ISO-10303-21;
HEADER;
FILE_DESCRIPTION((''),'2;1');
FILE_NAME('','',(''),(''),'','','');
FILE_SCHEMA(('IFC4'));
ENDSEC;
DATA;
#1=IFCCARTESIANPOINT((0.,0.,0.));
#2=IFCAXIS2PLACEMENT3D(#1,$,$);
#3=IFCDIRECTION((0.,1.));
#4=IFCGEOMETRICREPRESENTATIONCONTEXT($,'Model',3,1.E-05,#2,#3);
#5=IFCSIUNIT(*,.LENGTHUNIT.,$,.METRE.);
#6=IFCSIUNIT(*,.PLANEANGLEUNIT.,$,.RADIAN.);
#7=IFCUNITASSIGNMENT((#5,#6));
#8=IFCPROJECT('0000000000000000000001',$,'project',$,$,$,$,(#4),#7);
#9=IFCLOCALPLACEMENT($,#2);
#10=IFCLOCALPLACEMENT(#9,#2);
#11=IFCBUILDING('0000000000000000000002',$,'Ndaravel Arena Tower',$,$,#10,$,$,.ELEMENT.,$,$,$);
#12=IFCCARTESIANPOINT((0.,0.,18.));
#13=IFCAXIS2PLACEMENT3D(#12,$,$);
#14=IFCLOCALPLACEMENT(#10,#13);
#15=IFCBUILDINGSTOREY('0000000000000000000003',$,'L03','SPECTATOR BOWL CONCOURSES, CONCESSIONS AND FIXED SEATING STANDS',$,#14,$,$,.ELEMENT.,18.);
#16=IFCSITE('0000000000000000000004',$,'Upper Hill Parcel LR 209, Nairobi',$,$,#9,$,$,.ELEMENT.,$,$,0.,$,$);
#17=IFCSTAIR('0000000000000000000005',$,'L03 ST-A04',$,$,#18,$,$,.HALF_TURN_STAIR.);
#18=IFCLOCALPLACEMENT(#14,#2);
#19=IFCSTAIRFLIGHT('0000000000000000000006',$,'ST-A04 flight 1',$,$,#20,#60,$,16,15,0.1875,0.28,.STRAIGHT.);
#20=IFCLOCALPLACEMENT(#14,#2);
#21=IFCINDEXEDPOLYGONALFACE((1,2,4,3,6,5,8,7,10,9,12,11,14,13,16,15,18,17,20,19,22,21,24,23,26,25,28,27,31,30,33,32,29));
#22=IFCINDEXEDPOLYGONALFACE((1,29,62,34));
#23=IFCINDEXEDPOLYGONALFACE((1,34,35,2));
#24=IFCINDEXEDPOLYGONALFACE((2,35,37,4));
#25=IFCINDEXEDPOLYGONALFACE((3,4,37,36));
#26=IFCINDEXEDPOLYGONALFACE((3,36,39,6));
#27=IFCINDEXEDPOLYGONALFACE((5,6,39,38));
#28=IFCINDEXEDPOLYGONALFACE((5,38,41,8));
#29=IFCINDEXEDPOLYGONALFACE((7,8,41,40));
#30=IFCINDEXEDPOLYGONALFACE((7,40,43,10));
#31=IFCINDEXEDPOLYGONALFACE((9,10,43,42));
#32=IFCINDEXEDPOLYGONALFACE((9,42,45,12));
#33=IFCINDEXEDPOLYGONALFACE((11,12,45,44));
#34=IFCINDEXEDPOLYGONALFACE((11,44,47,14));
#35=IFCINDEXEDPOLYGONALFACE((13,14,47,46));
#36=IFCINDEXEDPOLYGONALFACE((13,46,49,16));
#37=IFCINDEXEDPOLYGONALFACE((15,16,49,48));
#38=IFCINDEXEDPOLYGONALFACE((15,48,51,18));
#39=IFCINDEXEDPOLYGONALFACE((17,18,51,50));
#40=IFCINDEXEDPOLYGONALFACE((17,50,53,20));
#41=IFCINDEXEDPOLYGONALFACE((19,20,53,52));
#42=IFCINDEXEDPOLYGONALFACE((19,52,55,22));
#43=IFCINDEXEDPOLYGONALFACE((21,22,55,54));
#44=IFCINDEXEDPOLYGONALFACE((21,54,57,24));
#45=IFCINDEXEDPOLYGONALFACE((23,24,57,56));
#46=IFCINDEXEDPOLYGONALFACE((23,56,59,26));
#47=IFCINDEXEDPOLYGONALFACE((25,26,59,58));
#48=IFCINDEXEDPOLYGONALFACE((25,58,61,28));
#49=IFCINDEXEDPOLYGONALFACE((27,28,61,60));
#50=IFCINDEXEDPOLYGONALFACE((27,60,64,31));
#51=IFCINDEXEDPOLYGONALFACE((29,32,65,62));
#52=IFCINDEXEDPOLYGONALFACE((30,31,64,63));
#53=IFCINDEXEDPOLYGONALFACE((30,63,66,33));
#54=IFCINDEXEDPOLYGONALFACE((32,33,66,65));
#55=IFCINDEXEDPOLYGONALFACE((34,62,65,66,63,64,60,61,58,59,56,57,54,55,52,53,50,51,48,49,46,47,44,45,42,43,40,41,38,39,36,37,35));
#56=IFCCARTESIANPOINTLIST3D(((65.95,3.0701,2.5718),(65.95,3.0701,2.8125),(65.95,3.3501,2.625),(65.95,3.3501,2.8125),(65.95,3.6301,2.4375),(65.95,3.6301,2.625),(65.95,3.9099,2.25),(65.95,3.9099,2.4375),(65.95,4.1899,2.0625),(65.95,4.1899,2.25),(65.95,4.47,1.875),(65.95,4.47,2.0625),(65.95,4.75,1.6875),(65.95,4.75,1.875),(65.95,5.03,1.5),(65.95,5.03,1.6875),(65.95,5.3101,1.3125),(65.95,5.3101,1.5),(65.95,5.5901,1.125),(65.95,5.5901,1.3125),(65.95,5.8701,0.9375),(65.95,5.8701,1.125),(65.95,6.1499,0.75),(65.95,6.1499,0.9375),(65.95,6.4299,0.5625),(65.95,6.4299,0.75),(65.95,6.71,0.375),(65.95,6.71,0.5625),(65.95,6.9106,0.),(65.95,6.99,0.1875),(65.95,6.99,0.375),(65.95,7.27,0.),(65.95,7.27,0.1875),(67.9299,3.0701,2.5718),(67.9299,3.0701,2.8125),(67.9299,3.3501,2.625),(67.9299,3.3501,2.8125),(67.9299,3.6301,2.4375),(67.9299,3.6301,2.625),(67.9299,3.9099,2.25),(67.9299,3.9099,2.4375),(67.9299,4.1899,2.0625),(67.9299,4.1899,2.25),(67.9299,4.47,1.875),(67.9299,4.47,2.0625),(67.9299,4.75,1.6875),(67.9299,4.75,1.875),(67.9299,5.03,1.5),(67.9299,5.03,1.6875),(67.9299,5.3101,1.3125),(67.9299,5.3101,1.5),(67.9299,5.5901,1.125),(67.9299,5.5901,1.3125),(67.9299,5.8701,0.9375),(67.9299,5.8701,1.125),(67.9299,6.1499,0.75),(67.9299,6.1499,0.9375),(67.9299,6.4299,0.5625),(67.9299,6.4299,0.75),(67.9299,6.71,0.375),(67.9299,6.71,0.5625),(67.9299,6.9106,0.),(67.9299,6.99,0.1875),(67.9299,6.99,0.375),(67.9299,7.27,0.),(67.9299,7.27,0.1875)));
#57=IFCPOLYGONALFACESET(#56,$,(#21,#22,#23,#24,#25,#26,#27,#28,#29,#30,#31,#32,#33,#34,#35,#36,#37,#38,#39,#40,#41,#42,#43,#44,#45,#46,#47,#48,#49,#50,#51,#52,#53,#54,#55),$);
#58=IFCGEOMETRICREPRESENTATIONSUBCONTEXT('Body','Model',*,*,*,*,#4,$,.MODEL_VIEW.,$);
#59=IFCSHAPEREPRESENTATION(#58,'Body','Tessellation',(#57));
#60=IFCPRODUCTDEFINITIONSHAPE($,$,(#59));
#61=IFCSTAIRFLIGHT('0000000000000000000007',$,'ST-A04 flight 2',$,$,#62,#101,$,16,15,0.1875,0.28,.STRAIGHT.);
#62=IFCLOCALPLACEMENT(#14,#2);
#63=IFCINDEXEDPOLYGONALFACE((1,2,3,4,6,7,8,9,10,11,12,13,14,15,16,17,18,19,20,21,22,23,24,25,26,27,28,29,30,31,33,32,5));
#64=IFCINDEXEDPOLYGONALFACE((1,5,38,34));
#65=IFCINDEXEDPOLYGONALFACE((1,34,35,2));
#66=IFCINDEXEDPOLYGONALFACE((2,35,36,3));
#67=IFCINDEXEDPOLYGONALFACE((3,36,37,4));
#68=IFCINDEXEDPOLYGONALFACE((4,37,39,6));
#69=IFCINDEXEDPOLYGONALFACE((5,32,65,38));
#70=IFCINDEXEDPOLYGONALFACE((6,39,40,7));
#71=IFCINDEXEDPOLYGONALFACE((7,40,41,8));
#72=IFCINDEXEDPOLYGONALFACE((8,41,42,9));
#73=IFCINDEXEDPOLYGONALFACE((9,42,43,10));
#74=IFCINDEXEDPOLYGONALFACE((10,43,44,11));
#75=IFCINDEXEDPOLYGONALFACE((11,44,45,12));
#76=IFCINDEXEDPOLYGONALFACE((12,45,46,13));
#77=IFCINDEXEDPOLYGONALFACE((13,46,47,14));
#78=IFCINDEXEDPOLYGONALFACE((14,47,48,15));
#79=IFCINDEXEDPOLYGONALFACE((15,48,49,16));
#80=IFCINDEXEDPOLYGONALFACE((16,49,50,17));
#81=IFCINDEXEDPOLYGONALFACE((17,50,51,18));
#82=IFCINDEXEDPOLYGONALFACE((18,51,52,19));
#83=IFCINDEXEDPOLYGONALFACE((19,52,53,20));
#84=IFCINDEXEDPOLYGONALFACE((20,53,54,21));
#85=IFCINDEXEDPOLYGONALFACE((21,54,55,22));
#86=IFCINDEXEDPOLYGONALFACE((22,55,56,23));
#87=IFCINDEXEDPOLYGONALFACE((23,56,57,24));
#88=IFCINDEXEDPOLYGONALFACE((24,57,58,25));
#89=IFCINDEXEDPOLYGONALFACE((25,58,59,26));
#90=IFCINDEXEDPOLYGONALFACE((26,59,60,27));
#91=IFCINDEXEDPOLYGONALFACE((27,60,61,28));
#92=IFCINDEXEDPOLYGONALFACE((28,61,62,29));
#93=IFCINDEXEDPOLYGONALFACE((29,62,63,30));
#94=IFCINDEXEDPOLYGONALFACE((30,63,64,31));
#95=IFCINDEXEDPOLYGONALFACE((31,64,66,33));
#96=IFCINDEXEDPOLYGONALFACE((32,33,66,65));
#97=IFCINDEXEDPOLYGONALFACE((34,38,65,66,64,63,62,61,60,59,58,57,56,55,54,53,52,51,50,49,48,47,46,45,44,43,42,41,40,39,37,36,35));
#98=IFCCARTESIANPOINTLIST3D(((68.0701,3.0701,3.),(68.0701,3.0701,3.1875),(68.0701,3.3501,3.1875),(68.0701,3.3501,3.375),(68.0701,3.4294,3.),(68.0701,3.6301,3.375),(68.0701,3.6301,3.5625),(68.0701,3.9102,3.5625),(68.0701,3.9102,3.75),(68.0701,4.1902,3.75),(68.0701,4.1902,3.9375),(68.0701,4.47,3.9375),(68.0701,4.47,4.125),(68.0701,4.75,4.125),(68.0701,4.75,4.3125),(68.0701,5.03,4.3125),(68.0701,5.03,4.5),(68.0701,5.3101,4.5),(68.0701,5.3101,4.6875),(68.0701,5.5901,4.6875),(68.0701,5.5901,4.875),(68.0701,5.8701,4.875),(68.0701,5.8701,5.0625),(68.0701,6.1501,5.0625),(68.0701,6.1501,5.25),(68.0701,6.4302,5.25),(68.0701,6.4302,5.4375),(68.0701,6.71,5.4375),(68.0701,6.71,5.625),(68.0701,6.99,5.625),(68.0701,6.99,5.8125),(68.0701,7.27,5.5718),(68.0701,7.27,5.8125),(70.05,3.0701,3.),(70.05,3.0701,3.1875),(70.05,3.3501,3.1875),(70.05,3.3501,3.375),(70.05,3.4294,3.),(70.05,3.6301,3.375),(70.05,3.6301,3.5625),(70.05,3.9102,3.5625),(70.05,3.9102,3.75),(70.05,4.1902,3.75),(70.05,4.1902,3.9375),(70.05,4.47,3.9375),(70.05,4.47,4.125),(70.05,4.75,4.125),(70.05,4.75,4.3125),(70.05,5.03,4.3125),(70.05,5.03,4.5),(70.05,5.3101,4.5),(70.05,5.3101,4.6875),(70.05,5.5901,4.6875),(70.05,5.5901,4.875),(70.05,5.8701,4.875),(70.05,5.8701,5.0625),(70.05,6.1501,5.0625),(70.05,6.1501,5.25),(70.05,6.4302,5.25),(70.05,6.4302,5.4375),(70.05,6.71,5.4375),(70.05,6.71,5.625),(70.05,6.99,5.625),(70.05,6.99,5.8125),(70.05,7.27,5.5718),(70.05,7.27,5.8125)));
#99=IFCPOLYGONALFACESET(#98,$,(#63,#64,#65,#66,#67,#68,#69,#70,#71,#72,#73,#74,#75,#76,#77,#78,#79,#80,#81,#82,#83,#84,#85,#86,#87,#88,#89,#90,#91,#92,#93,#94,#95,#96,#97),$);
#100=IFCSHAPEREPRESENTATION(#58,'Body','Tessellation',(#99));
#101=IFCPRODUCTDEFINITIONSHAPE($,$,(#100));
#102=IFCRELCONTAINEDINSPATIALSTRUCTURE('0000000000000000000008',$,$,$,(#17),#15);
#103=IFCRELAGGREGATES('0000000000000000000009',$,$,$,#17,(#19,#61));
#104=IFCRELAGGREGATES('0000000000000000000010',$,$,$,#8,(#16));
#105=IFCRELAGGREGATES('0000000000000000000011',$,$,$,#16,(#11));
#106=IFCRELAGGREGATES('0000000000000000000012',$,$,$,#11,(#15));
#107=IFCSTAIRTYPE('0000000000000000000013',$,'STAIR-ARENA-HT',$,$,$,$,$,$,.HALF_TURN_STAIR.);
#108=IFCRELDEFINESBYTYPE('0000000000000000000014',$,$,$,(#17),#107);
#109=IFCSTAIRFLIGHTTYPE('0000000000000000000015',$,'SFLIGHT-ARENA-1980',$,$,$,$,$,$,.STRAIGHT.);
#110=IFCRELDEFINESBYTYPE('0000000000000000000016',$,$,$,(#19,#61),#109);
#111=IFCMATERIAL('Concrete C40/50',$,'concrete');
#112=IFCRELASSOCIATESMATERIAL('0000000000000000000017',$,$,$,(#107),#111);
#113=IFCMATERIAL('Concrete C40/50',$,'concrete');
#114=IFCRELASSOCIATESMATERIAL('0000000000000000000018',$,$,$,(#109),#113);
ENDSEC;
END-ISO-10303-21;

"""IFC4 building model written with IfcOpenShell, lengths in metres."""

from ifc_helpers import new_model, si_unit, direction, frame, origin, place, context, subcontext, project, spatial, polyline, outline, extrude, material, type_object, element, aggregate, save


model = new_model("IFC4")

# Units and contexts
model_context = context("Model", 3, precision=1e-05, world=origin(), true_north=direction((0.0, 1.0)))
body_context = subcontext(model_context, "Body", "Model", "MODEL_VIEW")
ifc_project = project(units=[si_unit("LENGTHUNIT", "METRE"), si_unit("PLANEANGLEUNIT", "RADIAN")], contexts=[model_context])

# Site, building, storey
site_placement = place(None, origin())
site = spatial("IfcSite", under=ifc_project, at=site_placement, Name="Upper Hill Parcel LR 209, Nairobi", CompositionType="ELEMENT", RefElevation=0.0)
building_placement = place(site_placement, origin())
building = spatial("IfcBuilding", under=site, at=building_placement, Name="Ndaravel Arena Tower", CompositionType="ELEMENT")
storey_placement = place(building_placement, frame((0.0, 0.0, 18.0)))
storey = spatial("IfcBuildingStorey", under=building, at=storey_placement, Name="L03", Description="SPECTATOR BOWL CONCOURSES, CONCESSIONS AND FIXED SEATING STANDS", CompositionType="ELEMENT", Elevation=18.0)

# Stair, stair flights
ifc_material_1 = material(Name="Concrete C40/50", Category="concrete")
stair_type = type_object("IfcStairType", Name="STAIR-ARENA-HT", PredefinedType="HALF_TURN_STAIR", material=ifc_material_1)
stair_placement = place(storey_placement, origin())
stair = element("IfcStair", 1, at=stair_placement, inside=storey, type_object=stair_type, Name="L03 ST-A04", PredefinedType="HALF_TURN_STAIR")
ifc_material_2 = material(Name="Concrete C40/50", Category="concrete")
stair_flight_type = type_object("IfcStairFlightType", Name="SFLIGHT-ARENA-1980", PredefinedType="STRAIGHT", material=ifc_material_2)
stair_flight_1_placement = place(storey_placement, frame((66.9399, 7.27, 0.0), z_axis=(0.0, 0.0, 1.0), x_axis=(0.0, -1.0, 0.0)))
stair_flight_1 = element("IfcStairFlight", 2, at=stair_flight_1_placement, type_object=stair_flight_type, Name="ST-A04 flight 1", NumberOfRisers=16, NumberOfTreads=15, PredefinedType="STRAIGHT", RiserHeight=0.1875, TreadLength=0.28, context=body_context, shape_type="SweptSolid", body=[
    extrude(outline(polyline([(0.0, 0.0), (0.0, 0.1875), (0.28, 0.1875), (0.28, 0.375), (0.5601, 0.375), (0.5601, 0.5625), (0.8401, 0.5625), (0.8401, 0.75), (1.1201, 0.75), (1.1201, 0.9375), (1.3999, 0.9375), (1.3999, 1.125), (1.6799, 1.125), (1.6799, 1.3125), (1.96, 1.3125), (1.96, 1.5), (2.24, 1.5), (2.24, 1.6875), (2.52, 1.6875), (2.52, 1.875), (2.8, 1.875), (2.8, 2.0625), (3.0801, 2.0625), (3.0801, 2.25), (3.3601, 2.25), (3.3601, 2.4375), (3.6399, 2.4375), (3.6399, 2.625), (3.9199, 2.625), (3.9199, 2.8125), (4.2, 2.8125), (4.2, 3.0), (4.2, 2.5718), (0.3594, 0.0), (0.0, 0.0)])), frame((0.0, 0.99, 0.0), z_axis=(0.0, -1.0, 0.0), x_axis=(1.0, 0.0, 0.0)), (0.0, 0.0, 1.0), 1.98),
])
stair_flight_2_placement = place(storey_placement, frame((69.0601, 3.0701, 3.0), z_axis=(0.0, 0.0, 1.0), x_axis=(0.0, 1.0, 0.0)))
stair_flight_2 = element("IfcStairFlight", 3, at=stair_flight_2_placement, type_object=stair_flight_type, Name="ST-A04 flight 2", NumberOfRisers=16, NumberOfTreads=15, PredefinedType="STRAIGHT", RiserHeight=0.1875, TreadLength=0.28, context=body_context, shape_type="SweptSolid", body=[
    extrude(outline(polyline([(0.0, 0.0), (0.0, 0.1875), (0.28, 0.1875), (0.28, 0.375), (0.5601, 0.375), (0.5601, 0.5625), (0.8401, 0.5625), (0.8401, 0.75), (1.1201, 0.75), (1.1201, 0.9375), (1.3999, 0.9375), (1.3999, 1.125), (1.6799, 1.125), (1.6799, 1.3125), (1.96, 1.3125), (1.96, 1.5), (2.24, 1.5), (2.24, 1.6875), (2.52, 1.6875), (2.52, 1.875), (2.8, 1.875), (2.8, 2.0625), (3.0801, 2.0625), (3.0801, 2.25), (3.3601, 2.25), (3.3601, 2.4375), (3.6399, 2.4375), (3.6399, 2.625), (3.9199, 2.625), (3.9199, 2.8125), (4.2, 2.8125), (4.2, 3.0), (4.2, 2.5718), (0.3594, 0.0), (0.0, 0.0)])), frame((0.0, 0.99, 0.0), z_axis=(0.0, -1.0, 0.0), x_axis=(1.0, 0.0, 0.0)), (0.0, 0.0, 1.0), 1.98),
])
aggregate(stair, [stair_flight_1, stair_flight_2])

save(model, "model.ifc")
